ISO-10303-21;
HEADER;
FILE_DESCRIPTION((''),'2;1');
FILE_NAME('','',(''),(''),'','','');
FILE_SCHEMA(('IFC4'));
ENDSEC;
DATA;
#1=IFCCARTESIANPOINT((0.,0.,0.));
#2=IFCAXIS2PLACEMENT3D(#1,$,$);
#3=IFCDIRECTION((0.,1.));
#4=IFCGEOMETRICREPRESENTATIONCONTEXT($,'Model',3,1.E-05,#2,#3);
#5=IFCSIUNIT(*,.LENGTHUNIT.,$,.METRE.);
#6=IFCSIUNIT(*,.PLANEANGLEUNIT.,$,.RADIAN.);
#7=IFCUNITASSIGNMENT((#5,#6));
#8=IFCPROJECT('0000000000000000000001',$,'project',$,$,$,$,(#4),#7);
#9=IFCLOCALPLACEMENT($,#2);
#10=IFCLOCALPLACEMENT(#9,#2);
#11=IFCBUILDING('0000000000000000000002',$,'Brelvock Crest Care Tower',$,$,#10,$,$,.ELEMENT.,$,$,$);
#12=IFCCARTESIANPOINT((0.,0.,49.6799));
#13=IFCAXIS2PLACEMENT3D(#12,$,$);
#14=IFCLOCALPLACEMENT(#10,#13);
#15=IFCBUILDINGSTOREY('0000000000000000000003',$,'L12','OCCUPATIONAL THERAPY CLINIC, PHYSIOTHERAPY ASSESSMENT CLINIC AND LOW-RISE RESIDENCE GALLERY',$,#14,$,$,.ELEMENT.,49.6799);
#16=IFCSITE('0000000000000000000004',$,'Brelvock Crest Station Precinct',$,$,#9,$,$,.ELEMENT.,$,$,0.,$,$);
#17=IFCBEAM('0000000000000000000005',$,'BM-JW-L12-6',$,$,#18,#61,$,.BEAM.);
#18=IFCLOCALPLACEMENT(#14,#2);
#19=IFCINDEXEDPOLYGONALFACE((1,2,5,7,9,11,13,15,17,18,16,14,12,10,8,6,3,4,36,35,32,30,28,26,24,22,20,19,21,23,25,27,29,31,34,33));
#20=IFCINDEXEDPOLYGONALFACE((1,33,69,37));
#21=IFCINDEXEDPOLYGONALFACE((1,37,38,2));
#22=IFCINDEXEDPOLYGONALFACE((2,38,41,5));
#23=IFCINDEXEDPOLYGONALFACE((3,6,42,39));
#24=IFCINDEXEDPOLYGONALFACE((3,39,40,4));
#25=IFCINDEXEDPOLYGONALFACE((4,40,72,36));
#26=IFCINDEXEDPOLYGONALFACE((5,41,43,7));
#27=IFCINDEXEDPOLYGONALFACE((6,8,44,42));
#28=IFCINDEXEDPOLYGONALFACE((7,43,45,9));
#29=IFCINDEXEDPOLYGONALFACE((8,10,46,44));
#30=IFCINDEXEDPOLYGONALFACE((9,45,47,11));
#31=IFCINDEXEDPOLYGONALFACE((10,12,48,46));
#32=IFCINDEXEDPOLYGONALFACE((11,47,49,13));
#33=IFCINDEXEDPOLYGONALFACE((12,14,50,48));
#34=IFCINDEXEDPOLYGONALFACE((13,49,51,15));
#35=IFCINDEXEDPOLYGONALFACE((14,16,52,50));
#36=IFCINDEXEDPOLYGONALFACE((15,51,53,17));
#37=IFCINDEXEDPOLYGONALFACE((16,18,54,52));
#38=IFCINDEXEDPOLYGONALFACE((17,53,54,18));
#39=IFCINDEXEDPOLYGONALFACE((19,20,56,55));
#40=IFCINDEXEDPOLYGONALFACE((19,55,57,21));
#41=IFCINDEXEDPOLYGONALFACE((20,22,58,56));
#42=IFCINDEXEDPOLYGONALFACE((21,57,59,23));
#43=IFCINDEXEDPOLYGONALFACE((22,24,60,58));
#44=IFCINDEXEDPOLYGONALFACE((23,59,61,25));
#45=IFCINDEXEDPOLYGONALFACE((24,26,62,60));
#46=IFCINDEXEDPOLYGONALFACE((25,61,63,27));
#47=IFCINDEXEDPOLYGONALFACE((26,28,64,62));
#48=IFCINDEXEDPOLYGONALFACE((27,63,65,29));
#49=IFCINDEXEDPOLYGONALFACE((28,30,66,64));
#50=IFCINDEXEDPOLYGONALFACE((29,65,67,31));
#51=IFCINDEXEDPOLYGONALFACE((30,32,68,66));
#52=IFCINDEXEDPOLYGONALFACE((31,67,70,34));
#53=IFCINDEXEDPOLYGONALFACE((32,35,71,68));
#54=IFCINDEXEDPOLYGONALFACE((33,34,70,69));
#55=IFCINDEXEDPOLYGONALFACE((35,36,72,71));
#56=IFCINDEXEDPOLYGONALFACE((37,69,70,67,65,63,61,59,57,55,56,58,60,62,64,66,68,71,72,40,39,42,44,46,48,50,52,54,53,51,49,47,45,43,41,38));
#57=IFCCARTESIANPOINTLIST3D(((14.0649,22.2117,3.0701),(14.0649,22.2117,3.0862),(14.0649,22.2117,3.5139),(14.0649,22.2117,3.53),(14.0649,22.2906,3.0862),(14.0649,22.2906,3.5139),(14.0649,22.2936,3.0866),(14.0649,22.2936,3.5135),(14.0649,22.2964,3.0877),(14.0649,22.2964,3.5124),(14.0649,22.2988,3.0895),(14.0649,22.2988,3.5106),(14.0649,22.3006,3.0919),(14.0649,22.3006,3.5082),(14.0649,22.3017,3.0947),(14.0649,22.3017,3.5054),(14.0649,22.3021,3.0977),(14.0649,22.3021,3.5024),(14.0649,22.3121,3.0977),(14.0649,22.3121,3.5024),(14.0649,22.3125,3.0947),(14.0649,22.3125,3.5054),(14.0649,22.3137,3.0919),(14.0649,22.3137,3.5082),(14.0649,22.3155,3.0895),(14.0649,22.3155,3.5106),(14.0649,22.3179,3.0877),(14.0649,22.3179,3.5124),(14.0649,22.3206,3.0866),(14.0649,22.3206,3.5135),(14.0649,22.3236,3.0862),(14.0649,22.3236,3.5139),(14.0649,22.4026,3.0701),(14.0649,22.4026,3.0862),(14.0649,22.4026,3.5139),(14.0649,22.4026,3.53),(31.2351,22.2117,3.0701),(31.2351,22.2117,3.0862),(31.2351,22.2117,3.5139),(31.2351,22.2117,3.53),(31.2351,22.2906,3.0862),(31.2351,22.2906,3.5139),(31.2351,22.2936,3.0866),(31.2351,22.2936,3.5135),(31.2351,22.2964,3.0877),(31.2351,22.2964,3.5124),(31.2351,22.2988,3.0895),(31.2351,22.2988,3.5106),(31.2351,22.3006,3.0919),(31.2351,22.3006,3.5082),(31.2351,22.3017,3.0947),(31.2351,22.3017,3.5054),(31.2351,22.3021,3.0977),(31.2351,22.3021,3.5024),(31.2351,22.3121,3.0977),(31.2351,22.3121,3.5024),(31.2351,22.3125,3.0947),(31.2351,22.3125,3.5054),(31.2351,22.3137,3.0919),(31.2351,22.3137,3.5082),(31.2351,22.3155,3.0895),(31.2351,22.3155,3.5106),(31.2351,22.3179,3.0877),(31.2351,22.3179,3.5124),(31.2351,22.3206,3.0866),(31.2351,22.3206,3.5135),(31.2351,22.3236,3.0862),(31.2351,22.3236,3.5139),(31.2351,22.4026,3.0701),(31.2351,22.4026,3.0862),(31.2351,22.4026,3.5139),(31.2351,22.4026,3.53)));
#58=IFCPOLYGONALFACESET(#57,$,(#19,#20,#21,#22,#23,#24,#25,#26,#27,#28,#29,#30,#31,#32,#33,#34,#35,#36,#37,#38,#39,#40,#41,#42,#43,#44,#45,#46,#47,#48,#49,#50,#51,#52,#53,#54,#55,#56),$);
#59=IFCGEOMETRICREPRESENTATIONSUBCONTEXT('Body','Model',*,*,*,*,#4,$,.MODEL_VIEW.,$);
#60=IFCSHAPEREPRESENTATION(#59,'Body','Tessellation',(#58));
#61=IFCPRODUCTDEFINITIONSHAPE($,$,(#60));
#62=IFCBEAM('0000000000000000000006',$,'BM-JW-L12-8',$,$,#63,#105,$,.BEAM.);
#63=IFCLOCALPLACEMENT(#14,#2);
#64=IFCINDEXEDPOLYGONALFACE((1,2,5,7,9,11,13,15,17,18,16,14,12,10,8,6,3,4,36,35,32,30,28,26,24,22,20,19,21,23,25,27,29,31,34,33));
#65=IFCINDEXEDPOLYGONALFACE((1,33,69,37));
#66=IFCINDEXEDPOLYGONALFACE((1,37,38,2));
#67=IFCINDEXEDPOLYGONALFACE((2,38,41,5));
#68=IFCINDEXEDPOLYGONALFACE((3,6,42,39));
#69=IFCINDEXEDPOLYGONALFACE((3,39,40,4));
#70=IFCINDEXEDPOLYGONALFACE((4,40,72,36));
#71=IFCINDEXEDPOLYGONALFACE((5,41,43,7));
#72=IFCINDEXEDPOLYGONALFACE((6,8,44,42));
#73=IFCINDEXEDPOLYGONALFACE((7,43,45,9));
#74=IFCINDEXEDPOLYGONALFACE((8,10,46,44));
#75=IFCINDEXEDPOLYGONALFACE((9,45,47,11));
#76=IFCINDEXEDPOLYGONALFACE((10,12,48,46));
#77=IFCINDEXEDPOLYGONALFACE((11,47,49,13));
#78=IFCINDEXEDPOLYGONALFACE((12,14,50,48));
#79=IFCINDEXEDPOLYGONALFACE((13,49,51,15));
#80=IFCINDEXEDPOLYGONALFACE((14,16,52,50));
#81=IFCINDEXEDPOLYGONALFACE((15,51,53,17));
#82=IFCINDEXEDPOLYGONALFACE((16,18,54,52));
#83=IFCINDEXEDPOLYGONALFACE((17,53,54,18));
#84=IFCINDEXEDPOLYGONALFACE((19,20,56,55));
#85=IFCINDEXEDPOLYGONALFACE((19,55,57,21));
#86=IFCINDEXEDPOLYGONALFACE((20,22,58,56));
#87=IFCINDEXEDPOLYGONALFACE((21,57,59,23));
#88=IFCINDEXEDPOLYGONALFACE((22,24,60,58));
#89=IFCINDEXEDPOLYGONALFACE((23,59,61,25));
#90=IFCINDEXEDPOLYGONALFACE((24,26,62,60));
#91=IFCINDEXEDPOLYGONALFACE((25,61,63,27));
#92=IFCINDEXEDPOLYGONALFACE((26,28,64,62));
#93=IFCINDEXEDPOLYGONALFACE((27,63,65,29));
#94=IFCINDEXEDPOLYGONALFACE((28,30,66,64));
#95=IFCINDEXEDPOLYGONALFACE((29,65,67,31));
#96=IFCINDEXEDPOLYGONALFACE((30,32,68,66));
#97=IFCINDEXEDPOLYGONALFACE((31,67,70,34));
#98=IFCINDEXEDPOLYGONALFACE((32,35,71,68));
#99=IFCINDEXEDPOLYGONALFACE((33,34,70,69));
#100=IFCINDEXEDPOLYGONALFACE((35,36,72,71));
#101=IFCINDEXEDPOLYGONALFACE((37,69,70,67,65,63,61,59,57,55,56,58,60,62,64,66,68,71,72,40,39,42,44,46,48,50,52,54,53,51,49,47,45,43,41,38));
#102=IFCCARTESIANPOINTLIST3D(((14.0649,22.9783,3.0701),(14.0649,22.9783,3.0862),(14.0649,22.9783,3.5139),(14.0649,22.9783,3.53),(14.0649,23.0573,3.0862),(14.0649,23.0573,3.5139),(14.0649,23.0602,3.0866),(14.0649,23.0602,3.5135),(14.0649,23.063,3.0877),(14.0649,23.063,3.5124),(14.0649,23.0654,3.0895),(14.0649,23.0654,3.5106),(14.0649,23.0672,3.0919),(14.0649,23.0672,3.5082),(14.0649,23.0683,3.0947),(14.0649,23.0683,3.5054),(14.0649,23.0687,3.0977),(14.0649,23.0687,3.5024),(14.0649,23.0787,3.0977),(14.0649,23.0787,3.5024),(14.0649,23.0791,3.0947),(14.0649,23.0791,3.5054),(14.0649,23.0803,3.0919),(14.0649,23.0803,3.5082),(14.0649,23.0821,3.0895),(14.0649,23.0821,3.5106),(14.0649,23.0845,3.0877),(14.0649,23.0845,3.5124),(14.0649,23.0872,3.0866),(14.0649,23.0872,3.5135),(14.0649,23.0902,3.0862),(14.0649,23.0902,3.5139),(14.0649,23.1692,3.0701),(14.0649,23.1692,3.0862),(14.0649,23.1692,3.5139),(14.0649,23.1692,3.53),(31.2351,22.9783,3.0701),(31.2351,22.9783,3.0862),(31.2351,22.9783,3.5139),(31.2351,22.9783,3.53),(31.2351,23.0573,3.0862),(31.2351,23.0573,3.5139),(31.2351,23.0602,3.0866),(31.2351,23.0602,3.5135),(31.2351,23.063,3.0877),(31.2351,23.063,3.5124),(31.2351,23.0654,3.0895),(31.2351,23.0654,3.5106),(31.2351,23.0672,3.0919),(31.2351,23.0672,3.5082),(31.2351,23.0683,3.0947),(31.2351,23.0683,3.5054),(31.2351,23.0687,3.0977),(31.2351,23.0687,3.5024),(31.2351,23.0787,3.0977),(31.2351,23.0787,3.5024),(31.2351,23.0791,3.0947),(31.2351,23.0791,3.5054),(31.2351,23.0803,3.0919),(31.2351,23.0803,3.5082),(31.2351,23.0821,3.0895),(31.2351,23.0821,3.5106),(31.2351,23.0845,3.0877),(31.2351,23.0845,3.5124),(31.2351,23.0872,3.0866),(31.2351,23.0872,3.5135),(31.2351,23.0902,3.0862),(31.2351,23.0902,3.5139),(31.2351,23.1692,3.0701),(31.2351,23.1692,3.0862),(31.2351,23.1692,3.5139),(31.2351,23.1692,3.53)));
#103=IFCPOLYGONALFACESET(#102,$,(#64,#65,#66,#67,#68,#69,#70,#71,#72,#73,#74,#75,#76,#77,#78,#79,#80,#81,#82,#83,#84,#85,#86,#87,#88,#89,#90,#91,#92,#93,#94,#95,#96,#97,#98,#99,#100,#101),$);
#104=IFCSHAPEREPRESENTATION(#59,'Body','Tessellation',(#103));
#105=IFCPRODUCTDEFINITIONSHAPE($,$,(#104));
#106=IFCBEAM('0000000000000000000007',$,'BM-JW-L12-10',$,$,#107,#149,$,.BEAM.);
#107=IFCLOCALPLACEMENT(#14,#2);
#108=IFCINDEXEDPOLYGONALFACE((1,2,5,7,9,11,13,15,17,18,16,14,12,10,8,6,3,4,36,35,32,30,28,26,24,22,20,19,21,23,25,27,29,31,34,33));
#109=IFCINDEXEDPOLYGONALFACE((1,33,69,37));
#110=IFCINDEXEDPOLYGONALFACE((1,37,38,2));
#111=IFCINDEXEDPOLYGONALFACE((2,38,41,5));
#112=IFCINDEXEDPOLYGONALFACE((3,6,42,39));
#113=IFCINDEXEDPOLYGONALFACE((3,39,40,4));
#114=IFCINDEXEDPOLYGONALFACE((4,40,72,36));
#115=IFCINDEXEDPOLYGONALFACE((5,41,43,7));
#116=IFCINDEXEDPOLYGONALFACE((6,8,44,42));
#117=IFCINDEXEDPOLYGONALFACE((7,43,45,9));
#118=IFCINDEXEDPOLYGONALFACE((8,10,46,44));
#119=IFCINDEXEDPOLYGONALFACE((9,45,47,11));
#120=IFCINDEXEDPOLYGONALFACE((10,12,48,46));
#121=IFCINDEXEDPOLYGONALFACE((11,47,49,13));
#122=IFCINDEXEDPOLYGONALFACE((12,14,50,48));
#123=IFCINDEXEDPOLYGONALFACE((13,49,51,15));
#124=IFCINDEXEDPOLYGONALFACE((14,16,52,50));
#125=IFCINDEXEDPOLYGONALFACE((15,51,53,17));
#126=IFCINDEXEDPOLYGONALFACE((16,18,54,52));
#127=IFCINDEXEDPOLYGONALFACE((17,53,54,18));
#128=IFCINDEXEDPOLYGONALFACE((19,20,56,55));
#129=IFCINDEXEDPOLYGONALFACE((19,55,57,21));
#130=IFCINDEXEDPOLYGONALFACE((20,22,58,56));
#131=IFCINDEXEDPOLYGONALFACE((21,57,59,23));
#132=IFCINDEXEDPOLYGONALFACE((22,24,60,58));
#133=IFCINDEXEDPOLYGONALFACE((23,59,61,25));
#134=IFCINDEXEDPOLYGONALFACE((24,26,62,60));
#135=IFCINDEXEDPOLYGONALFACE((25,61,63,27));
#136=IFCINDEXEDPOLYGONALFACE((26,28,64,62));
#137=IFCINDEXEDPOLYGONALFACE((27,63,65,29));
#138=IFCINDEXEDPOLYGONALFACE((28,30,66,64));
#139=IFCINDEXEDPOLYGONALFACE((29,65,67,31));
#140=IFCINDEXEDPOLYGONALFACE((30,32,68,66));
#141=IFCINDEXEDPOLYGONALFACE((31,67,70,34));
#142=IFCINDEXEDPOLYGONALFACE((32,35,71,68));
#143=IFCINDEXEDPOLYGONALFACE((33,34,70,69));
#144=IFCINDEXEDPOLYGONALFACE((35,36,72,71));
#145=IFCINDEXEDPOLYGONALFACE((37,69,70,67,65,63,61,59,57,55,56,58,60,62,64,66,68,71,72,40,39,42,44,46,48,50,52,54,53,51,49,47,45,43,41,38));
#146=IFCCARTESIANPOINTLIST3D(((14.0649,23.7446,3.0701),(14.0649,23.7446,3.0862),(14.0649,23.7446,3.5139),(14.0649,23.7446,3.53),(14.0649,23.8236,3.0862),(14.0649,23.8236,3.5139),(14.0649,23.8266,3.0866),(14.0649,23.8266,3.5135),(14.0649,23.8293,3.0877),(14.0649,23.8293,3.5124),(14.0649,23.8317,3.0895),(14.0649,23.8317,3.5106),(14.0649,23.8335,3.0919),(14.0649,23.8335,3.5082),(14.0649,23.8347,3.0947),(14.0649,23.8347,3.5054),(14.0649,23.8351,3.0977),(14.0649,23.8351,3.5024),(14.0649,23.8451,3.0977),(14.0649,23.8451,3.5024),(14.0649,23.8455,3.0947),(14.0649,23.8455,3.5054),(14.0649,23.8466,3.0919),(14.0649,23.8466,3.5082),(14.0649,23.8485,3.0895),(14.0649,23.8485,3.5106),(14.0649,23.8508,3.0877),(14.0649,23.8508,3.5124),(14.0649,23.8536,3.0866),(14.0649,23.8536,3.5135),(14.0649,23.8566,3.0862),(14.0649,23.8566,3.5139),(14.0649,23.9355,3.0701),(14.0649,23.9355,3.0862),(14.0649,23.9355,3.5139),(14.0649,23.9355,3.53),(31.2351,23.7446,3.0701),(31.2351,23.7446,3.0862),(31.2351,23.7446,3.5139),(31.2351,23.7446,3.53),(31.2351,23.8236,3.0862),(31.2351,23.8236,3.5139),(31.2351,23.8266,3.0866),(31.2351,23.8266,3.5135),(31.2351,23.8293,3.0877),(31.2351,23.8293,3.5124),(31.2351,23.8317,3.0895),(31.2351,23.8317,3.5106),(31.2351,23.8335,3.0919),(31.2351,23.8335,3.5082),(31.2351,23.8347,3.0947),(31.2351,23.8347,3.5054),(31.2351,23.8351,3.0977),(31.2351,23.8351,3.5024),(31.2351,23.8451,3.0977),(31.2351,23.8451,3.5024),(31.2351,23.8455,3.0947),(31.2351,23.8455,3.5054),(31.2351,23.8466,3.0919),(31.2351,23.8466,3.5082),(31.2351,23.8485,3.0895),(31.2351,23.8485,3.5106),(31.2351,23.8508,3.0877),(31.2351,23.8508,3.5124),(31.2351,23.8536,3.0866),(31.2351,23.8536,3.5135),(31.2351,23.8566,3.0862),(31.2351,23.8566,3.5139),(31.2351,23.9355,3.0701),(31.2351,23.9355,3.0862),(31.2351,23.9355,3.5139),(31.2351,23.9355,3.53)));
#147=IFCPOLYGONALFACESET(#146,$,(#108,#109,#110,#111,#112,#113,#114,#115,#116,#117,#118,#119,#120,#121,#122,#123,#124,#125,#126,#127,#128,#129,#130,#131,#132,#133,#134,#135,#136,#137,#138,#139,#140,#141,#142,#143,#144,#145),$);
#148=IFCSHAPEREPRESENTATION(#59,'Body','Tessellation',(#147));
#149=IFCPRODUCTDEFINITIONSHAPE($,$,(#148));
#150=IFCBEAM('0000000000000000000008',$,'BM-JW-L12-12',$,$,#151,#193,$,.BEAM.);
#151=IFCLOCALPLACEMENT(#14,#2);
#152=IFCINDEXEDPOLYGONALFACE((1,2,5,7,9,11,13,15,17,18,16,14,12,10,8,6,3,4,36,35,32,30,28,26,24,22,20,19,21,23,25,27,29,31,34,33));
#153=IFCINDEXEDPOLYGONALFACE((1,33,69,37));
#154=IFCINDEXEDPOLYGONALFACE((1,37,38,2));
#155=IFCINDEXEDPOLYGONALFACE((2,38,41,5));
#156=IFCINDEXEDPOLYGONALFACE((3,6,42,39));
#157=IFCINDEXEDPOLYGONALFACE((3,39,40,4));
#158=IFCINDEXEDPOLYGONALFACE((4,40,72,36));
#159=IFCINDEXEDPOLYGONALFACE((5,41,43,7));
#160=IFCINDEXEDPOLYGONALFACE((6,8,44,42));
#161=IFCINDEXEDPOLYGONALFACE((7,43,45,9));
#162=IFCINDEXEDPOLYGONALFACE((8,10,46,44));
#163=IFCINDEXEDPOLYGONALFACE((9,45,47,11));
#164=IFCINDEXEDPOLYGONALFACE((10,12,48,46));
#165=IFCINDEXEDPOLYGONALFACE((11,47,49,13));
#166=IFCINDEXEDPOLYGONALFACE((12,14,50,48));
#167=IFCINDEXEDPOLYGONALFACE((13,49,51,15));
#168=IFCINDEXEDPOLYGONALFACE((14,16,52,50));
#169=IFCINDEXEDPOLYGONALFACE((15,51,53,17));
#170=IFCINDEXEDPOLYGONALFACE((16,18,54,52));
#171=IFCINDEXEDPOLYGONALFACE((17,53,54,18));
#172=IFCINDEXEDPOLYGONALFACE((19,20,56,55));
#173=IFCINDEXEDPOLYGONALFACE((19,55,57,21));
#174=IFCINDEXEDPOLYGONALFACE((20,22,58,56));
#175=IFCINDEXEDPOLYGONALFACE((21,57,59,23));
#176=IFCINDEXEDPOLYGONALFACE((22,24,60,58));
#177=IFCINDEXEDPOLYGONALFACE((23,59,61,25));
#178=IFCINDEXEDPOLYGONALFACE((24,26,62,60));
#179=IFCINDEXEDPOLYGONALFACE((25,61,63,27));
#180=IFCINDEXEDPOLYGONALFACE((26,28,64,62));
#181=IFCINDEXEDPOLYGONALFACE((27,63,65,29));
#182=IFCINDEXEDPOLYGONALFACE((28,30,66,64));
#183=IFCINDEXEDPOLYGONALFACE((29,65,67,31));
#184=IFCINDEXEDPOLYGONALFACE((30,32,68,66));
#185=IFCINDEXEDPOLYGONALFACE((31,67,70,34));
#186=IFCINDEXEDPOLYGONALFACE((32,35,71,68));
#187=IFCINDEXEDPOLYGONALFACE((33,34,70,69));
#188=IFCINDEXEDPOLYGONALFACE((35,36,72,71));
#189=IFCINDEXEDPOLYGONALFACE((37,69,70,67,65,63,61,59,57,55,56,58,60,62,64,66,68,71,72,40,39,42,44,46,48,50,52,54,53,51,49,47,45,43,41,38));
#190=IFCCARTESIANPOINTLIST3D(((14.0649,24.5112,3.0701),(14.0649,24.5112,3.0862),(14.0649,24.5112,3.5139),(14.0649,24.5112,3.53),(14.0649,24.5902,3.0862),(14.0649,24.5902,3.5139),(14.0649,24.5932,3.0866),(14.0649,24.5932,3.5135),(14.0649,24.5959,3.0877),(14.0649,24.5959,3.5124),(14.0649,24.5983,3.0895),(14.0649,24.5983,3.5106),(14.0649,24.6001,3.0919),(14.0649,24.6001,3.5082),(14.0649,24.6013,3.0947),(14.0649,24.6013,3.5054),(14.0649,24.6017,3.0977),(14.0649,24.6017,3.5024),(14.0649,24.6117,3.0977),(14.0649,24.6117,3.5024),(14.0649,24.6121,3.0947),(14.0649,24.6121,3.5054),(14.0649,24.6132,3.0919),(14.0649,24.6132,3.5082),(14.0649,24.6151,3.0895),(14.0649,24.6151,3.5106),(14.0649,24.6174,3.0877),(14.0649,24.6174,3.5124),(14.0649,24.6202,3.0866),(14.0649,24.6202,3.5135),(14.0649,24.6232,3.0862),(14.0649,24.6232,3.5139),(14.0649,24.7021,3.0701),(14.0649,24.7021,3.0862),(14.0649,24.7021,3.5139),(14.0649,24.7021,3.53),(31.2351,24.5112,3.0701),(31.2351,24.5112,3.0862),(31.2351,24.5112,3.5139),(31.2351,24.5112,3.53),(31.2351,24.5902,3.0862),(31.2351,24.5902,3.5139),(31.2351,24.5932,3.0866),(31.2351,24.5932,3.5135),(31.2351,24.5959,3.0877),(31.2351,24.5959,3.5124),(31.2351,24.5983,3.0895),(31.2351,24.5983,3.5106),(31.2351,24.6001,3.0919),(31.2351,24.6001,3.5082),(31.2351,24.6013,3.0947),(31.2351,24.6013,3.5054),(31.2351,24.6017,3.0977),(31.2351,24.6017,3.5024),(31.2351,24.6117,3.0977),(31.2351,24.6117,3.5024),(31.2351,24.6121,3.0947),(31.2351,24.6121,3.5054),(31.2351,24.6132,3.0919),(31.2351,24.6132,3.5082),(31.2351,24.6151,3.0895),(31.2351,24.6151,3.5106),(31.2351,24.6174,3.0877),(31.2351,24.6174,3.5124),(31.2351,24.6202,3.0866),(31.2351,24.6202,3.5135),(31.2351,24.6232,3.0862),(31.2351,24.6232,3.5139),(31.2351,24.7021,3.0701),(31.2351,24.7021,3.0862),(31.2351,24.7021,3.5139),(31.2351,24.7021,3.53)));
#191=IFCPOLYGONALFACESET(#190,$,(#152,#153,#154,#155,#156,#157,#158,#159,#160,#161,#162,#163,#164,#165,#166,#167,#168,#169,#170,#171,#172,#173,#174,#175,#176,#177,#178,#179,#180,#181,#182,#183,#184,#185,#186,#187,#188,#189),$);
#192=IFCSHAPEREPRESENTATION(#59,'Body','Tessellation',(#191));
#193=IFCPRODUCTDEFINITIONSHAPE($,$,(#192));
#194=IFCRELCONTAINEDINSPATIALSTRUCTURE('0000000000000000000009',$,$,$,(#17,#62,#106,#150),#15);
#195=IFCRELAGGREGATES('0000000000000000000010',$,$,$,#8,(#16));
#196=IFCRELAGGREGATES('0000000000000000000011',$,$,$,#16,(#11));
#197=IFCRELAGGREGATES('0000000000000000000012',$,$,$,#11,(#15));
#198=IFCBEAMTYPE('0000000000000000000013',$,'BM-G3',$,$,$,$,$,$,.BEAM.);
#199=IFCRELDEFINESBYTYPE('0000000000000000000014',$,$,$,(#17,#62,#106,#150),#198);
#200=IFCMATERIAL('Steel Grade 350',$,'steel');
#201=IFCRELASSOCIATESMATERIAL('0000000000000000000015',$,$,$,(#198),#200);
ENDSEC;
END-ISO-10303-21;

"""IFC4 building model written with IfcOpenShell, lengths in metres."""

from ifc_helpers import new_model, si_unit, direction, frame, origin, origin_2d, place, context, subcontext, project, spatial, i_section, extrude, source, transform, mapped, material, material_profile, profile_set, type_object, element, save


model = new_model("IFC4")

# Units and contexts
model_context = context("Model", 3, precision=1e-05, world=origin(), true_north=direction((0.0, 1.0)))
body_context = subcontext(model_context, "Body", "Model", "MODEL_VIEW")
ifc_project = project(units=[si_unit("LENGTHUNIT", "METRE"), si_unit("PLANEANGLEUNIT", "RADIAN")], contexts=[model_context])

# Site, building, storey
site_placement = place(None, origin())
site = spatial("IfcSite", under=ifc_project, at=site_placement, Name="Brelvock Crest Station Precinct", CompositionType="ELEMENT", RefElevation=0.0)
building_placement = place(site_placement, origin())
building = spatial("IfcBuilding", under=site, at=building_placement, Name="Brelvock Crest Care Tower", CompositionType="ELEMENT")
storey_placement = place(building_placement, frame((0.0, 0.0, 49.6799)))
storey = spatial("IfcBuildingStorey", under=building, at=storey_placement, Name="L12", Description="OCCUPATIONAL THERAPY CLINIC, PHYSIOTHERAPY ASSESSMENT CLINIC AND LOW-RISE RESIDENCE GALLERY", CompositionType="ELEMENT", Elevation=49.6799)

# Beams
ifc_material_1 = material(Name="Steel Grade 350", Category="steel")
ifc_material_profile_1 = material_profile(ifc_material_1, i_section(OverallWidth=0.1909, OverallDepth=0.46, WebThickness=0.01, FlangeThickness=0.0161, FilletRadius=0.0115, at=origin_2d()), Name="460UB82.1")
ifc_profile_set_1 = profile_set([ifc_material_profile_1], Name="Steel Grade 350")
beam_type_1 = type_object("IfcBeamType", Name="BM-G3", PredefinedType="BEAM", material=ifc_profile_set_1)
shared_shape_1 = source(origin(), body_context, "Body", "SweptSolid", [
    extrude(i_section(OverallWidth=0.1909, OverallDepth=0.46, WebThickness=0.01, FlangeThickness=0.0161, FilletRadius=0.0115, at=origin_2d()), origin(), (0.0, 0.0, 1.0), 17.1702),
])
for number, where, z_axis, x_axis, name in (
    (1, (14.0649, 22.3071, 3.3), (1.0, 0.0, 0.0), (0.0, 1.0, 0.0), "BM-JW-L12-6"),
    (2, (14.0649, 23.0737, 3.3), (1.0, 0.0, 0.0), (0.0, 1.0, 0.0), "BM-JW-L12-8"),
    (3, (14.0649, 23.8401, 3.3), (1.0, 0.0, 0.0), (0.0, 1.0, 0.0), "BM-JW-L12-10"),
    (4, (14.0649, 24.6067, 3.3), (1.0, 0.0, 0.0), (0.0, 1.0, 0.0), "BM-JW-L12-12"),
):
    element("IfcBeam", number, at=place(storey_placement, frame(where, z_axis=z_axis, x_axis=x_axis)), inside=storey, type_object=beam_type_1, Name=name, PredefinedType="BEAM", context=body_context, shape_type="MappedRepresentation", body=[
        mapped(shared_shape_1, transform((0.0, 0.0, 0.0), x_axis=(1.0, 0.0, 0.0), y_axis=(0.0, 1.0, 0.0), z_axis=(0.0, 0.0, 1.0), scale=1.0)),
    ])

save(model, "model.ifc")
